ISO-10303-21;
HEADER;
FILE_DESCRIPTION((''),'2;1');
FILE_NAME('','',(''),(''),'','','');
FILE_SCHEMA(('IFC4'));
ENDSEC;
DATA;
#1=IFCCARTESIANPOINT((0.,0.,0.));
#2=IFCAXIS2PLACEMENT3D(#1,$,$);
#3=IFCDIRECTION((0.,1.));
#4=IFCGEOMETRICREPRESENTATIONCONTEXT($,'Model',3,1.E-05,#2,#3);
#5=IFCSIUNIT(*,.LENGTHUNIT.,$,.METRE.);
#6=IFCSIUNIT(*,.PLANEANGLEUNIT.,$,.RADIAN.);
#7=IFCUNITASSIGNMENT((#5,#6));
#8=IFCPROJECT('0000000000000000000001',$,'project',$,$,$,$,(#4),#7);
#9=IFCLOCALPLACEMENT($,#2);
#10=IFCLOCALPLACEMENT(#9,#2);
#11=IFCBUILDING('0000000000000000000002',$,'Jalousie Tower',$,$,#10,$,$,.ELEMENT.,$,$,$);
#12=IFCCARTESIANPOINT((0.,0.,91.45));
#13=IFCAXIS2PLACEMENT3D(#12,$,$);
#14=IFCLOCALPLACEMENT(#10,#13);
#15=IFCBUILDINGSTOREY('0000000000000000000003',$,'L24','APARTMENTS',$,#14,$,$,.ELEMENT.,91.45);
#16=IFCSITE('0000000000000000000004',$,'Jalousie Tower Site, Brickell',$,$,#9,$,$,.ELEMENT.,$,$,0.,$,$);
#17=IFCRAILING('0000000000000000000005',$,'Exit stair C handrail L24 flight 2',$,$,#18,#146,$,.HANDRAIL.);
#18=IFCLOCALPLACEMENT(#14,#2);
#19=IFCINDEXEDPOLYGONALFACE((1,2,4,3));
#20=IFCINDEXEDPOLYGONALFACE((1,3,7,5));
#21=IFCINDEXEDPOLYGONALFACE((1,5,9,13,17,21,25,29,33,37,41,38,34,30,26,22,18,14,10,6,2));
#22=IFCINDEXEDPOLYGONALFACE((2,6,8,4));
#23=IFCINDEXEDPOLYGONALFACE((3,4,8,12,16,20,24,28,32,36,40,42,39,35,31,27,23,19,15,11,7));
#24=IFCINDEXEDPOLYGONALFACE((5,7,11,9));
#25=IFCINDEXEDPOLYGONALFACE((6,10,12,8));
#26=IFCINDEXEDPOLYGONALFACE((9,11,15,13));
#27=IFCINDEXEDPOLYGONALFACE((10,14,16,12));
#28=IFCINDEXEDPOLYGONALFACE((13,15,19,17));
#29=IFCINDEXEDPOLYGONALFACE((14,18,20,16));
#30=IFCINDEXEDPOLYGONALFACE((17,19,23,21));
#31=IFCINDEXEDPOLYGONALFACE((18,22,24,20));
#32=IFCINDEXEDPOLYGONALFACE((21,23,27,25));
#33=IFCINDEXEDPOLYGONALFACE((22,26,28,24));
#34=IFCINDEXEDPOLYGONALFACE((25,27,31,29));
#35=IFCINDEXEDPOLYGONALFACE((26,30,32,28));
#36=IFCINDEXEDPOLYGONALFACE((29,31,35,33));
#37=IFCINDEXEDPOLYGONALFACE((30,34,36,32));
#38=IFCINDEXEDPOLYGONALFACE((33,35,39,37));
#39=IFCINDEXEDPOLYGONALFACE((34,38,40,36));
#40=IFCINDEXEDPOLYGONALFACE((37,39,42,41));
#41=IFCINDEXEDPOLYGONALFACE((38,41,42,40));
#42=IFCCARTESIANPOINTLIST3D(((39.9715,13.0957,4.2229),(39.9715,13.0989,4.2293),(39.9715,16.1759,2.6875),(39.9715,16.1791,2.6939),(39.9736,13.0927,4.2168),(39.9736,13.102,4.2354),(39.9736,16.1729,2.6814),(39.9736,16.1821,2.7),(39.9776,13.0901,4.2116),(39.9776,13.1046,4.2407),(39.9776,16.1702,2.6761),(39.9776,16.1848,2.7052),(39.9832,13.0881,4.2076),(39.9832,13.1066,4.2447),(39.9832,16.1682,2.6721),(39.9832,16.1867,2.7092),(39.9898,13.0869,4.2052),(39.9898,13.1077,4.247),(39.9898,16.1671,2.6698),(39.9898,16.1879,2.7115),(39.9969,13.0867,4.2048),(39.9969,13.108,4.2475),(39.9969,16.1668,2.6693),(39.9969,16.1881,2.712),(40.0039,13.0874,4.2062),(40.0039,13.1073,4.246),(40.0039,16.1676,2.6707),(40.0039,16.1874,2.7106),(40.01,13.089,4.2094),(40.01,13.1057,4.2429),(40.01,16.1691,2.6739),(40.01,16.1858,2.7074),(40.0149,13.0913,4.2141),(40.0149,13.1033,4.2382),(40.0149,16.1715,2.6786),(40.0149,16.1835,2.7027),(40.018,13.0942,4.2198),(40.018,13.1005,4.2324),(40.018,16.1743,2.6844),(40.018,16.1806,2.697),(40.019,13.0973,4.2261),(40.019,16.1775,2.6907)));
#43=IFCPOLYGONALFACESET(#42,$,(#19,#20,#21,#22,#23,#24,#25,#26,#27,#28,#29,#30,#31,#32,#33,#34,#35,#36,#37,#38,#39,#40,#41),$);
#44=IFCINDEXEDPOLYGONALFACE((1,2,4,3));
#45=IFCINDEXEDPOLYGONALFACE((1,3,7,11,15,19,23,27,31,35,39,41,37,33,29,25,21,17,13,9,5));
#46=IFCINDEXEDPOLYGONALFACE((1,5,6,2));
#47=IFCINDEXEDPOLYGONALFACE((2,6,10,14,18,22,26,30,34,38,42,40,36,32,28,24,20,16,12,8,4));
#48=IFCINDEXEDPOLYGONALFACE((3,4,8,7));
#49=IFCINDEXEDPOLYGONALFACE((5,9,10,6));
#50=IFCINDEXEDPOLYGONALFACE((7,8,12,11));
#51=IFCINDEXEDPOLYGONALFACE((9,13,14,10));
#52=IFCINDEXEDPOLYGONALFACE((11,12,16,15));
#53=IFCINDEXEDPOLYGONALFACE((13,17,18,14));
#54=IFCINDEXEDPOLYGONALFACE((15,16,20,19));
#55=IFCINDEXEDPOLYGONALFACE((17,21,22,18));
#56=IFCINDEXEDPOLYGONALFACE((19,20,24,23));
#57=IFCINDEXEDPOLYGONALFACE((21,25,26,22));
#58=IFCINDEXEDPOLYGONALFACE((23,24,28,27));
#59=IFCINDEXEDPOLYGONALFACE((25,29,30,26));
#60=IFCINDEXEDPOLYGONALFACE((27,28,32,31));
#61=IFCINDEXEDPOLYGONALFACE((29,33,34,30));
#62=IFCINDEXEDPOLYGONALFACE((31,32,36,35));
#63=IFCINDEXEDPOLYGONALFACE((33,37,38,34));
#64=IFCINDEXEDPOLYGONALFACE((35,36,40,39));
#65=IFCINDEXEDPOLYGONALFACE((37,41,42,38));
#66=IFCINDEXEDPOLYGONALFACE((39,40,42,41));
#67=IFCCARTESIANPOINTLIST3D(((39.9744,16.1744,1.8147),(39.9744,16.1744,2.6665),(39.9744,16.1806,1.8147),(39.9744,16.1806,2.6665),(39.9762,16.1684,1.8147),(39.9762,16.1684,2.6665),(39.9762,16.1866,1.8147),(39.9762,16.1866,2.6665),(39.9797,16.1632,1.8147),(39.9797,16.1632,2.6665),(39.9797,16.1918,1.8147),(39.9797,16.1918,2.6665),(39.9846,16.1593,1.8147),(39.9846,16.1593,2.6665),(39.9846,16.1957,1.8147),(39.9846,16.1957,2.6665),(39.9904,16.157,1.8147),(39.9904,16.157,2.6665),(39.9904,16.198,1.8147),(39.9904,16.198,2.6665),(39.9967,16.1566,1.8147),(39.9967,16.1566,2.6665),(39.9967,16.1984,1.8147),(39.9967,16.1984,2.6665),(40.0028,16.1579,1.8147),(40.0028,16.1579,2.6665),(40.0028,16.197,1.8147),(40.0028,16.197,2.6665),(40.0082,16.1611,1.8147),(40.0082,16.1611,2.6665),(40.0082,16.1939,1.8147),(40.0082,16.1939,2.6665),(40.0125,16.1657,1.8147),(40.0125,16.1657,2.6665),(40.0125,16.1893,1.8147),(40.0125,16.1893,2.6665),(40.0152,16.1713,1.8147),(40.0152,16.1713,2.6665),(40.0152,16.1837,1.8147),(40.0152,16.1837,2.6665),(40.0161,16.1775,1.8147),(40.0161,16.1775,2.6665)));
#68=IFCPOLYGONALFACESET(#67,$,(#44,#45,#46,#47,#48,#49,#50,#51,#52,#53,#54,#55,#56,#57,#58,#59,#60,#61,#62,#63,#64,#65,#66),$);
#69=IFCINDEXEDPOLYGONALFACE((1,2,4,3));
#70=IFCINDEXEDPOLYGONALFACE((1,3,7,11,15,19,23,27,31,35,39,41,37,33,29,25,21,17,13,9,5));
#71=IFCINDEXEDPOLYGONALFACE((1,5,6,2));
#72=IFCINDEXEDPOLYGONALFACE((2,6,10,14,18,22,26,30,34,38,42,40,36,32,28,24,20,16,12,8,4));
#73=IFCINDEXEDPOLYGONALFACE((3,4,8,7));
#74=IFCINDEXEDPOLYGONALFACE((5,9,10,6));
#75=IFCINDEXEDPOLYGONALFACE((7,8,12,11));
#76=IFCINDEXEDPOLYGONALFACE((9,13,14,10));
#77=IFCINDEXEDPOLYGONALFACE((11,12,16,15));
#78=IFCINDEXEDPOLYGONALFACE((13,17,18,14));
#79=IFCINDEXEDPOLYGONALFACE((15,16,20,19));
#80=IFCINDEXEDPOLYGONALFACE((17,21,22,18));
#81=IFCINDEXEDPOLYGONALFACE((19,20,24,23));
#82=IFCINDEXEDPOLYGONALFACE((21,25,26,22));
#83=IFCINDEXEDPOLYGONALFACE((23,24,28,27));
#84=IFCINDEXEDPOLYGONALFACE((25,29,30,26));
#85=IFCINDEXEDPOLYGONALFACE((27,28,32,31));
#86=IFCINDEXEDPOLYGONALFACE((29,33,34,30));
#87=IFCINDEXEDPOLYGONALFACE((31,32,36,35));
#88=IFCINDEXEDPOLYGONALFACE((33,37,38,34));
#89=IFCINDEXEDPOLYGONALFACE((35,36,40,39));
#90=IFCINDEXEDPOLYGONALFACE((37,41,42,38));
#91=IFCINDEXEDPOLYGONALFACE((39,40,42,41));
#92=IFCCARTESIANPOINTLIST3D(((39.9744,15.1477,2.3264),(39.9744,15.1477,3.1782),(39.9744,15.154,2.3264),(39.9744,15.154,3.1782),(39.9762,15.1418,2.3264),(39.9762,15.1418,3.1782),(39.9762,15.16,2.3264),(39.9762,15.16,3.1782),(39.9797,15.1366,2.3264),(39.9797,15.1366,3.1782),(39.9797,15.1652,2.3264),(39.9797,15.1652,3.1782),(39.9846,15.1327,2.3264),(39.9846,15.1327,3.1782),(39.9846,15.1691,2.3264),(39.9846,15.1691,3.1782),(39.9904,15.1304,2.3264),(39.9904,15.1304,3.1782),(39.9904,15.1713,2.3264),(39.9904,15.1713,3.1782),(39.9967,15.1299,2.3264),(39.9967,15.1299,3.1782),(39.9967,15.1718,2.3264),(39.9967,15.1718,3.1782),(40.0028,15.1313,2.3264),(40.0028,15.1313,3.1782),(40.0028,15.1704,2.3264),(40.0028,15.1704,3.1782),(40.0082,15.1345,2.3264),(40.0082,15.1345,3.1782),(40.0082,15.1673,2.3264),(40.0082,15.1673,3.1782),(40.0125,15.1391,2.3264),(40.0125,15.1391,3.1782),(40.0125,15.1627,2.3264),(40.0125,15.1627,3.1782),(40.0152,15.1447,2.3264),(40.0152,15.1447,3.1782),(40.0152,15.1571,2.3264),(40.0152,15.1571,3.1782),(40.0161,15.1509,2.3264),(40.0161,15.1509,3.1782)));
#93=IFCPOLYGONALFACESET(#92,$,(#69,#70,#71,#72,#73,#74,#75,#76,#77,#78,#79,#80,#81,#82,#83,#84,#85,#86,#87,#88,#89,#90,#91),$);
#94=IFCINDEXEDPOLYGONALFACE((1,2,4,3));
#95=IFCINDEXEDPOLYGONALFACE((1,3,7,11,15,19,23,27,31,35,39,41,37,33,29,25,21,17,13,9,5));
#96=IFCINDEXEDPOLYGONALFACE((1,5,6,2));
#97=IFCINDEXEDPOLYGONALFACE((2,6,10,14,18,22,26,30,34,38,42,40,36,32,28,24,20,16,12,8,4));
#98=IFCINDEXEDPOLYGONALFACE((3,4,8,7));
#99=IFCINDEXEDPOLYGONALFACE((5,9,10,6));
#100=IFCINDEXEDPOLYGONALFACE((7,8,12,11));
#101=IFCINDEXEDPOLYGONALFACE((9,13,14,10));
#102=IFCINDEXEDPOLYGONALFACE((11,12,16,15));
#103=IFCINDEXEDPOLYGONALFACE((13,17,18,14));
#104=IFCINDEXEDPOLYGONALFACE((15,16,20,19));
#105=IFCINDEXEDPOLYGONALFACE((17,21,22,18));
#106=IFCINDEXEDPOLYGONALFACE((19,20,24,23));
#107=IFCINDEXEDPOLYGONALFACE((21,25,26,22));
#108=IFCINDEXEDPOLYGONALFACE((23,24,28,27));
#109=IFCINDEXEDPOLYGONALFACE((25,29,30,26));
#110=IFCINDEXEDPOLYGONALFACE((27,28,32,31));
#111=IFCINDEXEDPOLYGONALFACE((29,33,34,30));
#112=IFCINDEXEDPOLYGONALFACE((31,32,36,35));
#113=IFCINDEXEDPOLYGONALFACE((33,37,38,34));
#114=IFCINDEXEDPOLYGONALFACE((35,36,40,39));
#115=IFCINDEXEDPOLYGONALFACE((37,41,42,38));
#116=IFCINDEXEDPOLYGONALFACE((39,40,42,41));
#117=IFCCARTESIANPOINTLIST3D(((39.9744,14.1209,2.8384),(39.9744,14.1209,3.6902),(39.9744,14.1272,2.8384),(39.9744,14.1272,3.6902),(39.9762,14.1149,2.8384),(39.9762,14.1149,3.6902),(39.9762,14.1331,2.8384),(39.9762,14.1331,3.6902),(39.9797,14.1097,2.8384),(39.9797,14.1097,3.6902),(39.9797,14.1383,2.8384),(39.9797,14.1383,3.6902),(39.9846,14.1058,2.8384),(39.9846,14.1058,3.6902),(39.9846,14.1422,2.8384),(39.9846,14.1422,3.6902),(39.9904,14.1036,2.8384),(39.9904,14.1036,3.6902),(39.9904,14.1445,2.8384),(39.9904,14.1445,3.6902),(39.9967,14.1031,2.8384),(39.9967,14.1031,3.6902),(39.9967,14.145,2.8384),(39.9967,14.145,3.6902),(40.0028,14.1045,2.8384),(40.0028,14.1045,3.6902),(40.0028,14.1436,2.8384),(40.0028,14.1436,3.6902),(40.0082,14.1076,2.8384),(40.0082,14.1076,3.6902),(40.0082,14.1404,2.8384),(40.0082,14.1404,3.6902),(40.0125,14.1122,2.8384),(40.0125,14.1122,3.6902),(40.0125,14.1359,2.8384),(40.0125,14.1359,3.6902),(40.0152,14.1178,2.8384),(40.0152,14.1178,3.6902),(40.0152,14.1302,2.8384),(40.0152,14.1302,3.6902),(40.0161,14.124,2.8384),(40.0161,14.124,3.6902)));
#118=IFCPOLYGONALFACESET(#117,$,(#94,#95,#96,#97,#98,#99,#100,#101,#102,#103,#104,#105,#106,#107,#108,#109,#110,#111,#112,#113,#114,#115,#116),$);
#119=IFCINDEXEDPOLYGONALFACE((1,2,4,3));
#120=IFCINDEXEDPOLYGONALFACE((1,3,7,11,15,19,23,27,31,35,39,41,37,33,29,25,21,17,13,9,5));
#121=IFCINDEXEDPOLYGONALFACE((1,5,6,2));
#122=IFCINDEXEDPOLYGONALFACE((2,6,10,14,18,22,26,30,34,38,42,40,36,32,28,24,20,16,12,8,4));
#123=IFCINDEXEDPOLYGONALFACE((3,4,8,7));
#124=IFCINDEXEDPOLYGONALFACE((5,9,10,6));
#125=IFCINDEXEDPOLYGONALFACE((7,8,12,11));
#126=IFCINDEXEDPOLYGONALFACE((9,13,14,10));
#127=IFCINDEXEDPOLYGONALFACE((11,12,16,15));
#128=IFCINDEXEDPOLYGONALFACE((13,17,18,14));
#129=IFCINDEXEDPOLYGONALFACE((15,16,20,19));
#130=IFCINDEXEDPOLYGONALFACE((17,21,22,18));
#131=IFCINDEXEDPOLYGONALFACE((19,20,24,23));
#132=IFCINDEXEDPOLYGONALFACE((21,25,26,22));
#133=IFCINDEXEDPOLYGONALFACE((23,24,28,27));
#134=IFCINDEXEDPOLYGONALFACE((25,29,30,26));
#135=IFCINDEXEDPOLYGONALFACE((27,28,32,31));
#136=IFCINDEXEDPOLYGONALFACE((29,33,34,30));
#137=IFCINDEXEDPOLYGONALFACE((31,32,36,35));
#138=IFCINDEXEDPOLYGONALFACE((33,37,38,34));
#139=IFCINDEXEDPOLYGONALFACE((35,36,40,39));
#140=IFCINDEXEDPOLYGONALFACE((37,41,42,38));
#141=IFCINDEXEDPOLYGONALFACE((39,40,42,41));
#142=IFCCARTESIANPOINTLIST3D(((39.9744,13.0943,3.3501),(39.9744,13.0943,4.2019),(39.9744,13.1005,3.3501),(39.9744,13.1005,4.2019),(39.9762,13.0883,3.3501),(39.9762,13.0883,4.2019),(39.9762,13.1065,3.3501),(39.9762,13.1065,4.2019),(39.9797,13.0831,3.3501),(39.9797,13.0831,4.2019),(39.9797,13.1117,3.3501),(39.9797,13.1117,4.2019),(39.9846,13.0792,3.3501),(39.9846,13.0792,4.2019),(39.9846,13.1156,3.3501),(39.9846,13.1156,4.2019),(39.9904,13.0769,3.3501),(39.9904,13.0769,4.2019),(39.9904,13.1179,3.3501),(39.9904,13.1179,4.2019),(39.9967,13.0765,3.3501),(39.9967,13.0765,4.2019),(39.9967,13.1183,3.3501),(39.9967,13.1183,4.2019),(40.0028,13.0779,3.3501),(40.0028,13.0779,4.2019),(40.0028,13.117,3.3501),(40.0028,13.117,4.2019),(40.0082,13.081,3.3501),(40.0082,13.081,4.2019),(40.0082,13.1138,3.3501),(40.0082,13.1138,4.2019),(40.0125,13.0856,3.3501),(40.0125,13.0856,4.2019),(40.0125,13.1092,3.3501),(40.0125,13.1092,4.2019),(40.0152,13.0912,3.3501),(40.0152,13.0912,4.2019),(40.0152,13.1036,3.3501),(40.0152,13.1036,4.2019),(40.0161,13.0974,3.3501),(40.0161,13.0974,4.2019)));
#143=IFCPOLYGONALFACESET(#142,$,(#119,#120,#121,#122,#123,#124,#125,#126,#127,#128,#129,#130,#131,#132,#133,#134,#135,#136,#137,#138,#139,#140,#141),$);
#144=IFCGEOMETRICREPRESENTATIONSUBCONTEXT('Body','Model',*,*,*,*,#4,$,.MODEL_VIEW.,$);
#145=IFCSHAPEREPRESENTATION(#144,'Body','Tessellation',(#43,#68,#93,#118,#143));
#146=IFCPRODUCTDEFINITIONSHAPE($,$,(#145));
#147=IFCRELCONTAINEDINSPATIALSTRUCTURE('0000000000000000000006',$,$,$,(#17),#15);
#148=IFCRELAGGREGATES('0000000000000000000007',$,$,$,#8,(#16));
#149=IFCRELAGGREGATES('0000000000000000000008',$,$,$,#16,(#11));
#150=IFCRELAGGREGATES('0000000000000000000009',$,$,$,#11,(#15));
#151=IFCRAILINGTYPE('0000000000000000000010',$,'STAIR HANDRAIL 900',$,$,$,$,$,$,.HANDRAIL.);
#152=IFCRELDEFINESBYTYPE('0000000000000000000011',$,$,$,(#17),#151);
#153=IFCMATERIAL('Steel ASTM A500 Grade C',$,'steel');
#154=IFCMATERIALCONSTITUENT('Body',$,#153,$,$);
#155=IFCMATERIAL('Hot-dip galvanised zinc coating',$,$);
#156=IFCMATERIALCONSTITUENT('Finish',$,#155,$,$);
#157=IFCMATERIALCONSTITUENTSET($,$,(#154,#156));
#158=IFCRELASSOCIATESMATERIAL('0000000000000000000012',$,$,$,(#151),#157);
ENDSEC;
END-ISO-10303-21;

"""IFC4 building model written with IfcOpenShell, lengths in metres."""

from ifc_helpers import new_model, si_unit, direction, frame, origin, origin_2d, place, context, subcontext, project, spatial, circle, extrude, material, constituent, constituent_set, type_object, element, save


model = new_model("IFC4")

# Units and contexts
model_context = context("Model", 3, precision=1e-05, world=origin(), true_north=direction((0.0, 1.0)))
body_context = subcontext(model_context, "Body", "Model", "MODEL_VIEW")
ifc_project = project(units=[si_unit("LENGTHUNIT", "METRE"), si_unit("PLANEANGLEUNIT", "RADIAN")], contexts=[model_context])

# Site, building, storey
site_placement = place(None, origin())
site = spatial("IfcSite", under=ifc_project, at=site_placement, Name="Jalousie Tower Site, Brickell", CompositionType="ELEMENT", RefElevation=0.0)
building_placement = place(site_placement, origin())
building = spatial("IfcBuilding", under=site, at=building_placement, Name="Jalousie Tower", CompositionType="ELEMENT")
storey_placement = place(building_placement, frame((0.0, 0.0, 91.45)))
storey = spatial("IfcBuildingStorey", under=building, at=storey_placement, Name="L24", Description="APARTMENTS", CompositionType="ELEMENT", Elevation=91.45)

# Railing
ifc_material_1 = material(Name="Steel ASTM A500 Grade C", Category="steel")
ifc_constituent_1 = constituent(ifc_material_1, Name="Body")
ifc_material_2 = material(Name="Hot-dip galvanised zinc coating")
ifc_constituent_2 = constituent(ifc_material_2, Name="Finish")
ifc_constituent_set_1 = constituent_set(constituents=[ifc_constituent_1, ifc_constituent_2])
railing_type_1 = type_object("IfcRailingType", Name="STAIR HANDRAIL 900", PredefinedType="HANDRAIL", material=ifc_constituent_set_1)
railing_1_placement = place(storey_placement, frame((39.9951, 16.1775, 1.8147)))
element("IfcRailing", 1, at=railing_1_placement, inside=storey, type_object=railing_type_1, Name="Exit stair C handrail L24 flight 2", PredefinedType="HANDRAIL", context=body_context, shape_type="SweptSolid", body=[
    extrude(circle(Radius=0.0239, at=origin_2d()), frame((0.0, 0.0, 0.876), z_axis=(0.0, -0.894966, 0.446135), x_axis=(1.0, 0.0, 0.0)), (0.0, 0.0, 1.0), 3.4417),
    extrude(circle(Radius=0.021, at=origin_2d()), origin(), (0.0, 0.0, 1.0), 0.8518),
    extrude(circle(Radius=0.021, at=origin_2d()), frame((0.0, -1.0266, 0.5117)), (0.0, 0.0, 1.0), 0.8518),
    extrude(circle(Radius=0.021, at=origin_2d()), frame((0.0, -2.0535, 1.0237)), (0.0, 0.0, 1.0), 0.8518),
    extrude(circle(Radius=0.021, at=origin_2d()), frame((0.0, -3.0801, 1.5354)), (0.0, 0.0, 1.0), 0.8518),
])

save(model, "model.ifc")
